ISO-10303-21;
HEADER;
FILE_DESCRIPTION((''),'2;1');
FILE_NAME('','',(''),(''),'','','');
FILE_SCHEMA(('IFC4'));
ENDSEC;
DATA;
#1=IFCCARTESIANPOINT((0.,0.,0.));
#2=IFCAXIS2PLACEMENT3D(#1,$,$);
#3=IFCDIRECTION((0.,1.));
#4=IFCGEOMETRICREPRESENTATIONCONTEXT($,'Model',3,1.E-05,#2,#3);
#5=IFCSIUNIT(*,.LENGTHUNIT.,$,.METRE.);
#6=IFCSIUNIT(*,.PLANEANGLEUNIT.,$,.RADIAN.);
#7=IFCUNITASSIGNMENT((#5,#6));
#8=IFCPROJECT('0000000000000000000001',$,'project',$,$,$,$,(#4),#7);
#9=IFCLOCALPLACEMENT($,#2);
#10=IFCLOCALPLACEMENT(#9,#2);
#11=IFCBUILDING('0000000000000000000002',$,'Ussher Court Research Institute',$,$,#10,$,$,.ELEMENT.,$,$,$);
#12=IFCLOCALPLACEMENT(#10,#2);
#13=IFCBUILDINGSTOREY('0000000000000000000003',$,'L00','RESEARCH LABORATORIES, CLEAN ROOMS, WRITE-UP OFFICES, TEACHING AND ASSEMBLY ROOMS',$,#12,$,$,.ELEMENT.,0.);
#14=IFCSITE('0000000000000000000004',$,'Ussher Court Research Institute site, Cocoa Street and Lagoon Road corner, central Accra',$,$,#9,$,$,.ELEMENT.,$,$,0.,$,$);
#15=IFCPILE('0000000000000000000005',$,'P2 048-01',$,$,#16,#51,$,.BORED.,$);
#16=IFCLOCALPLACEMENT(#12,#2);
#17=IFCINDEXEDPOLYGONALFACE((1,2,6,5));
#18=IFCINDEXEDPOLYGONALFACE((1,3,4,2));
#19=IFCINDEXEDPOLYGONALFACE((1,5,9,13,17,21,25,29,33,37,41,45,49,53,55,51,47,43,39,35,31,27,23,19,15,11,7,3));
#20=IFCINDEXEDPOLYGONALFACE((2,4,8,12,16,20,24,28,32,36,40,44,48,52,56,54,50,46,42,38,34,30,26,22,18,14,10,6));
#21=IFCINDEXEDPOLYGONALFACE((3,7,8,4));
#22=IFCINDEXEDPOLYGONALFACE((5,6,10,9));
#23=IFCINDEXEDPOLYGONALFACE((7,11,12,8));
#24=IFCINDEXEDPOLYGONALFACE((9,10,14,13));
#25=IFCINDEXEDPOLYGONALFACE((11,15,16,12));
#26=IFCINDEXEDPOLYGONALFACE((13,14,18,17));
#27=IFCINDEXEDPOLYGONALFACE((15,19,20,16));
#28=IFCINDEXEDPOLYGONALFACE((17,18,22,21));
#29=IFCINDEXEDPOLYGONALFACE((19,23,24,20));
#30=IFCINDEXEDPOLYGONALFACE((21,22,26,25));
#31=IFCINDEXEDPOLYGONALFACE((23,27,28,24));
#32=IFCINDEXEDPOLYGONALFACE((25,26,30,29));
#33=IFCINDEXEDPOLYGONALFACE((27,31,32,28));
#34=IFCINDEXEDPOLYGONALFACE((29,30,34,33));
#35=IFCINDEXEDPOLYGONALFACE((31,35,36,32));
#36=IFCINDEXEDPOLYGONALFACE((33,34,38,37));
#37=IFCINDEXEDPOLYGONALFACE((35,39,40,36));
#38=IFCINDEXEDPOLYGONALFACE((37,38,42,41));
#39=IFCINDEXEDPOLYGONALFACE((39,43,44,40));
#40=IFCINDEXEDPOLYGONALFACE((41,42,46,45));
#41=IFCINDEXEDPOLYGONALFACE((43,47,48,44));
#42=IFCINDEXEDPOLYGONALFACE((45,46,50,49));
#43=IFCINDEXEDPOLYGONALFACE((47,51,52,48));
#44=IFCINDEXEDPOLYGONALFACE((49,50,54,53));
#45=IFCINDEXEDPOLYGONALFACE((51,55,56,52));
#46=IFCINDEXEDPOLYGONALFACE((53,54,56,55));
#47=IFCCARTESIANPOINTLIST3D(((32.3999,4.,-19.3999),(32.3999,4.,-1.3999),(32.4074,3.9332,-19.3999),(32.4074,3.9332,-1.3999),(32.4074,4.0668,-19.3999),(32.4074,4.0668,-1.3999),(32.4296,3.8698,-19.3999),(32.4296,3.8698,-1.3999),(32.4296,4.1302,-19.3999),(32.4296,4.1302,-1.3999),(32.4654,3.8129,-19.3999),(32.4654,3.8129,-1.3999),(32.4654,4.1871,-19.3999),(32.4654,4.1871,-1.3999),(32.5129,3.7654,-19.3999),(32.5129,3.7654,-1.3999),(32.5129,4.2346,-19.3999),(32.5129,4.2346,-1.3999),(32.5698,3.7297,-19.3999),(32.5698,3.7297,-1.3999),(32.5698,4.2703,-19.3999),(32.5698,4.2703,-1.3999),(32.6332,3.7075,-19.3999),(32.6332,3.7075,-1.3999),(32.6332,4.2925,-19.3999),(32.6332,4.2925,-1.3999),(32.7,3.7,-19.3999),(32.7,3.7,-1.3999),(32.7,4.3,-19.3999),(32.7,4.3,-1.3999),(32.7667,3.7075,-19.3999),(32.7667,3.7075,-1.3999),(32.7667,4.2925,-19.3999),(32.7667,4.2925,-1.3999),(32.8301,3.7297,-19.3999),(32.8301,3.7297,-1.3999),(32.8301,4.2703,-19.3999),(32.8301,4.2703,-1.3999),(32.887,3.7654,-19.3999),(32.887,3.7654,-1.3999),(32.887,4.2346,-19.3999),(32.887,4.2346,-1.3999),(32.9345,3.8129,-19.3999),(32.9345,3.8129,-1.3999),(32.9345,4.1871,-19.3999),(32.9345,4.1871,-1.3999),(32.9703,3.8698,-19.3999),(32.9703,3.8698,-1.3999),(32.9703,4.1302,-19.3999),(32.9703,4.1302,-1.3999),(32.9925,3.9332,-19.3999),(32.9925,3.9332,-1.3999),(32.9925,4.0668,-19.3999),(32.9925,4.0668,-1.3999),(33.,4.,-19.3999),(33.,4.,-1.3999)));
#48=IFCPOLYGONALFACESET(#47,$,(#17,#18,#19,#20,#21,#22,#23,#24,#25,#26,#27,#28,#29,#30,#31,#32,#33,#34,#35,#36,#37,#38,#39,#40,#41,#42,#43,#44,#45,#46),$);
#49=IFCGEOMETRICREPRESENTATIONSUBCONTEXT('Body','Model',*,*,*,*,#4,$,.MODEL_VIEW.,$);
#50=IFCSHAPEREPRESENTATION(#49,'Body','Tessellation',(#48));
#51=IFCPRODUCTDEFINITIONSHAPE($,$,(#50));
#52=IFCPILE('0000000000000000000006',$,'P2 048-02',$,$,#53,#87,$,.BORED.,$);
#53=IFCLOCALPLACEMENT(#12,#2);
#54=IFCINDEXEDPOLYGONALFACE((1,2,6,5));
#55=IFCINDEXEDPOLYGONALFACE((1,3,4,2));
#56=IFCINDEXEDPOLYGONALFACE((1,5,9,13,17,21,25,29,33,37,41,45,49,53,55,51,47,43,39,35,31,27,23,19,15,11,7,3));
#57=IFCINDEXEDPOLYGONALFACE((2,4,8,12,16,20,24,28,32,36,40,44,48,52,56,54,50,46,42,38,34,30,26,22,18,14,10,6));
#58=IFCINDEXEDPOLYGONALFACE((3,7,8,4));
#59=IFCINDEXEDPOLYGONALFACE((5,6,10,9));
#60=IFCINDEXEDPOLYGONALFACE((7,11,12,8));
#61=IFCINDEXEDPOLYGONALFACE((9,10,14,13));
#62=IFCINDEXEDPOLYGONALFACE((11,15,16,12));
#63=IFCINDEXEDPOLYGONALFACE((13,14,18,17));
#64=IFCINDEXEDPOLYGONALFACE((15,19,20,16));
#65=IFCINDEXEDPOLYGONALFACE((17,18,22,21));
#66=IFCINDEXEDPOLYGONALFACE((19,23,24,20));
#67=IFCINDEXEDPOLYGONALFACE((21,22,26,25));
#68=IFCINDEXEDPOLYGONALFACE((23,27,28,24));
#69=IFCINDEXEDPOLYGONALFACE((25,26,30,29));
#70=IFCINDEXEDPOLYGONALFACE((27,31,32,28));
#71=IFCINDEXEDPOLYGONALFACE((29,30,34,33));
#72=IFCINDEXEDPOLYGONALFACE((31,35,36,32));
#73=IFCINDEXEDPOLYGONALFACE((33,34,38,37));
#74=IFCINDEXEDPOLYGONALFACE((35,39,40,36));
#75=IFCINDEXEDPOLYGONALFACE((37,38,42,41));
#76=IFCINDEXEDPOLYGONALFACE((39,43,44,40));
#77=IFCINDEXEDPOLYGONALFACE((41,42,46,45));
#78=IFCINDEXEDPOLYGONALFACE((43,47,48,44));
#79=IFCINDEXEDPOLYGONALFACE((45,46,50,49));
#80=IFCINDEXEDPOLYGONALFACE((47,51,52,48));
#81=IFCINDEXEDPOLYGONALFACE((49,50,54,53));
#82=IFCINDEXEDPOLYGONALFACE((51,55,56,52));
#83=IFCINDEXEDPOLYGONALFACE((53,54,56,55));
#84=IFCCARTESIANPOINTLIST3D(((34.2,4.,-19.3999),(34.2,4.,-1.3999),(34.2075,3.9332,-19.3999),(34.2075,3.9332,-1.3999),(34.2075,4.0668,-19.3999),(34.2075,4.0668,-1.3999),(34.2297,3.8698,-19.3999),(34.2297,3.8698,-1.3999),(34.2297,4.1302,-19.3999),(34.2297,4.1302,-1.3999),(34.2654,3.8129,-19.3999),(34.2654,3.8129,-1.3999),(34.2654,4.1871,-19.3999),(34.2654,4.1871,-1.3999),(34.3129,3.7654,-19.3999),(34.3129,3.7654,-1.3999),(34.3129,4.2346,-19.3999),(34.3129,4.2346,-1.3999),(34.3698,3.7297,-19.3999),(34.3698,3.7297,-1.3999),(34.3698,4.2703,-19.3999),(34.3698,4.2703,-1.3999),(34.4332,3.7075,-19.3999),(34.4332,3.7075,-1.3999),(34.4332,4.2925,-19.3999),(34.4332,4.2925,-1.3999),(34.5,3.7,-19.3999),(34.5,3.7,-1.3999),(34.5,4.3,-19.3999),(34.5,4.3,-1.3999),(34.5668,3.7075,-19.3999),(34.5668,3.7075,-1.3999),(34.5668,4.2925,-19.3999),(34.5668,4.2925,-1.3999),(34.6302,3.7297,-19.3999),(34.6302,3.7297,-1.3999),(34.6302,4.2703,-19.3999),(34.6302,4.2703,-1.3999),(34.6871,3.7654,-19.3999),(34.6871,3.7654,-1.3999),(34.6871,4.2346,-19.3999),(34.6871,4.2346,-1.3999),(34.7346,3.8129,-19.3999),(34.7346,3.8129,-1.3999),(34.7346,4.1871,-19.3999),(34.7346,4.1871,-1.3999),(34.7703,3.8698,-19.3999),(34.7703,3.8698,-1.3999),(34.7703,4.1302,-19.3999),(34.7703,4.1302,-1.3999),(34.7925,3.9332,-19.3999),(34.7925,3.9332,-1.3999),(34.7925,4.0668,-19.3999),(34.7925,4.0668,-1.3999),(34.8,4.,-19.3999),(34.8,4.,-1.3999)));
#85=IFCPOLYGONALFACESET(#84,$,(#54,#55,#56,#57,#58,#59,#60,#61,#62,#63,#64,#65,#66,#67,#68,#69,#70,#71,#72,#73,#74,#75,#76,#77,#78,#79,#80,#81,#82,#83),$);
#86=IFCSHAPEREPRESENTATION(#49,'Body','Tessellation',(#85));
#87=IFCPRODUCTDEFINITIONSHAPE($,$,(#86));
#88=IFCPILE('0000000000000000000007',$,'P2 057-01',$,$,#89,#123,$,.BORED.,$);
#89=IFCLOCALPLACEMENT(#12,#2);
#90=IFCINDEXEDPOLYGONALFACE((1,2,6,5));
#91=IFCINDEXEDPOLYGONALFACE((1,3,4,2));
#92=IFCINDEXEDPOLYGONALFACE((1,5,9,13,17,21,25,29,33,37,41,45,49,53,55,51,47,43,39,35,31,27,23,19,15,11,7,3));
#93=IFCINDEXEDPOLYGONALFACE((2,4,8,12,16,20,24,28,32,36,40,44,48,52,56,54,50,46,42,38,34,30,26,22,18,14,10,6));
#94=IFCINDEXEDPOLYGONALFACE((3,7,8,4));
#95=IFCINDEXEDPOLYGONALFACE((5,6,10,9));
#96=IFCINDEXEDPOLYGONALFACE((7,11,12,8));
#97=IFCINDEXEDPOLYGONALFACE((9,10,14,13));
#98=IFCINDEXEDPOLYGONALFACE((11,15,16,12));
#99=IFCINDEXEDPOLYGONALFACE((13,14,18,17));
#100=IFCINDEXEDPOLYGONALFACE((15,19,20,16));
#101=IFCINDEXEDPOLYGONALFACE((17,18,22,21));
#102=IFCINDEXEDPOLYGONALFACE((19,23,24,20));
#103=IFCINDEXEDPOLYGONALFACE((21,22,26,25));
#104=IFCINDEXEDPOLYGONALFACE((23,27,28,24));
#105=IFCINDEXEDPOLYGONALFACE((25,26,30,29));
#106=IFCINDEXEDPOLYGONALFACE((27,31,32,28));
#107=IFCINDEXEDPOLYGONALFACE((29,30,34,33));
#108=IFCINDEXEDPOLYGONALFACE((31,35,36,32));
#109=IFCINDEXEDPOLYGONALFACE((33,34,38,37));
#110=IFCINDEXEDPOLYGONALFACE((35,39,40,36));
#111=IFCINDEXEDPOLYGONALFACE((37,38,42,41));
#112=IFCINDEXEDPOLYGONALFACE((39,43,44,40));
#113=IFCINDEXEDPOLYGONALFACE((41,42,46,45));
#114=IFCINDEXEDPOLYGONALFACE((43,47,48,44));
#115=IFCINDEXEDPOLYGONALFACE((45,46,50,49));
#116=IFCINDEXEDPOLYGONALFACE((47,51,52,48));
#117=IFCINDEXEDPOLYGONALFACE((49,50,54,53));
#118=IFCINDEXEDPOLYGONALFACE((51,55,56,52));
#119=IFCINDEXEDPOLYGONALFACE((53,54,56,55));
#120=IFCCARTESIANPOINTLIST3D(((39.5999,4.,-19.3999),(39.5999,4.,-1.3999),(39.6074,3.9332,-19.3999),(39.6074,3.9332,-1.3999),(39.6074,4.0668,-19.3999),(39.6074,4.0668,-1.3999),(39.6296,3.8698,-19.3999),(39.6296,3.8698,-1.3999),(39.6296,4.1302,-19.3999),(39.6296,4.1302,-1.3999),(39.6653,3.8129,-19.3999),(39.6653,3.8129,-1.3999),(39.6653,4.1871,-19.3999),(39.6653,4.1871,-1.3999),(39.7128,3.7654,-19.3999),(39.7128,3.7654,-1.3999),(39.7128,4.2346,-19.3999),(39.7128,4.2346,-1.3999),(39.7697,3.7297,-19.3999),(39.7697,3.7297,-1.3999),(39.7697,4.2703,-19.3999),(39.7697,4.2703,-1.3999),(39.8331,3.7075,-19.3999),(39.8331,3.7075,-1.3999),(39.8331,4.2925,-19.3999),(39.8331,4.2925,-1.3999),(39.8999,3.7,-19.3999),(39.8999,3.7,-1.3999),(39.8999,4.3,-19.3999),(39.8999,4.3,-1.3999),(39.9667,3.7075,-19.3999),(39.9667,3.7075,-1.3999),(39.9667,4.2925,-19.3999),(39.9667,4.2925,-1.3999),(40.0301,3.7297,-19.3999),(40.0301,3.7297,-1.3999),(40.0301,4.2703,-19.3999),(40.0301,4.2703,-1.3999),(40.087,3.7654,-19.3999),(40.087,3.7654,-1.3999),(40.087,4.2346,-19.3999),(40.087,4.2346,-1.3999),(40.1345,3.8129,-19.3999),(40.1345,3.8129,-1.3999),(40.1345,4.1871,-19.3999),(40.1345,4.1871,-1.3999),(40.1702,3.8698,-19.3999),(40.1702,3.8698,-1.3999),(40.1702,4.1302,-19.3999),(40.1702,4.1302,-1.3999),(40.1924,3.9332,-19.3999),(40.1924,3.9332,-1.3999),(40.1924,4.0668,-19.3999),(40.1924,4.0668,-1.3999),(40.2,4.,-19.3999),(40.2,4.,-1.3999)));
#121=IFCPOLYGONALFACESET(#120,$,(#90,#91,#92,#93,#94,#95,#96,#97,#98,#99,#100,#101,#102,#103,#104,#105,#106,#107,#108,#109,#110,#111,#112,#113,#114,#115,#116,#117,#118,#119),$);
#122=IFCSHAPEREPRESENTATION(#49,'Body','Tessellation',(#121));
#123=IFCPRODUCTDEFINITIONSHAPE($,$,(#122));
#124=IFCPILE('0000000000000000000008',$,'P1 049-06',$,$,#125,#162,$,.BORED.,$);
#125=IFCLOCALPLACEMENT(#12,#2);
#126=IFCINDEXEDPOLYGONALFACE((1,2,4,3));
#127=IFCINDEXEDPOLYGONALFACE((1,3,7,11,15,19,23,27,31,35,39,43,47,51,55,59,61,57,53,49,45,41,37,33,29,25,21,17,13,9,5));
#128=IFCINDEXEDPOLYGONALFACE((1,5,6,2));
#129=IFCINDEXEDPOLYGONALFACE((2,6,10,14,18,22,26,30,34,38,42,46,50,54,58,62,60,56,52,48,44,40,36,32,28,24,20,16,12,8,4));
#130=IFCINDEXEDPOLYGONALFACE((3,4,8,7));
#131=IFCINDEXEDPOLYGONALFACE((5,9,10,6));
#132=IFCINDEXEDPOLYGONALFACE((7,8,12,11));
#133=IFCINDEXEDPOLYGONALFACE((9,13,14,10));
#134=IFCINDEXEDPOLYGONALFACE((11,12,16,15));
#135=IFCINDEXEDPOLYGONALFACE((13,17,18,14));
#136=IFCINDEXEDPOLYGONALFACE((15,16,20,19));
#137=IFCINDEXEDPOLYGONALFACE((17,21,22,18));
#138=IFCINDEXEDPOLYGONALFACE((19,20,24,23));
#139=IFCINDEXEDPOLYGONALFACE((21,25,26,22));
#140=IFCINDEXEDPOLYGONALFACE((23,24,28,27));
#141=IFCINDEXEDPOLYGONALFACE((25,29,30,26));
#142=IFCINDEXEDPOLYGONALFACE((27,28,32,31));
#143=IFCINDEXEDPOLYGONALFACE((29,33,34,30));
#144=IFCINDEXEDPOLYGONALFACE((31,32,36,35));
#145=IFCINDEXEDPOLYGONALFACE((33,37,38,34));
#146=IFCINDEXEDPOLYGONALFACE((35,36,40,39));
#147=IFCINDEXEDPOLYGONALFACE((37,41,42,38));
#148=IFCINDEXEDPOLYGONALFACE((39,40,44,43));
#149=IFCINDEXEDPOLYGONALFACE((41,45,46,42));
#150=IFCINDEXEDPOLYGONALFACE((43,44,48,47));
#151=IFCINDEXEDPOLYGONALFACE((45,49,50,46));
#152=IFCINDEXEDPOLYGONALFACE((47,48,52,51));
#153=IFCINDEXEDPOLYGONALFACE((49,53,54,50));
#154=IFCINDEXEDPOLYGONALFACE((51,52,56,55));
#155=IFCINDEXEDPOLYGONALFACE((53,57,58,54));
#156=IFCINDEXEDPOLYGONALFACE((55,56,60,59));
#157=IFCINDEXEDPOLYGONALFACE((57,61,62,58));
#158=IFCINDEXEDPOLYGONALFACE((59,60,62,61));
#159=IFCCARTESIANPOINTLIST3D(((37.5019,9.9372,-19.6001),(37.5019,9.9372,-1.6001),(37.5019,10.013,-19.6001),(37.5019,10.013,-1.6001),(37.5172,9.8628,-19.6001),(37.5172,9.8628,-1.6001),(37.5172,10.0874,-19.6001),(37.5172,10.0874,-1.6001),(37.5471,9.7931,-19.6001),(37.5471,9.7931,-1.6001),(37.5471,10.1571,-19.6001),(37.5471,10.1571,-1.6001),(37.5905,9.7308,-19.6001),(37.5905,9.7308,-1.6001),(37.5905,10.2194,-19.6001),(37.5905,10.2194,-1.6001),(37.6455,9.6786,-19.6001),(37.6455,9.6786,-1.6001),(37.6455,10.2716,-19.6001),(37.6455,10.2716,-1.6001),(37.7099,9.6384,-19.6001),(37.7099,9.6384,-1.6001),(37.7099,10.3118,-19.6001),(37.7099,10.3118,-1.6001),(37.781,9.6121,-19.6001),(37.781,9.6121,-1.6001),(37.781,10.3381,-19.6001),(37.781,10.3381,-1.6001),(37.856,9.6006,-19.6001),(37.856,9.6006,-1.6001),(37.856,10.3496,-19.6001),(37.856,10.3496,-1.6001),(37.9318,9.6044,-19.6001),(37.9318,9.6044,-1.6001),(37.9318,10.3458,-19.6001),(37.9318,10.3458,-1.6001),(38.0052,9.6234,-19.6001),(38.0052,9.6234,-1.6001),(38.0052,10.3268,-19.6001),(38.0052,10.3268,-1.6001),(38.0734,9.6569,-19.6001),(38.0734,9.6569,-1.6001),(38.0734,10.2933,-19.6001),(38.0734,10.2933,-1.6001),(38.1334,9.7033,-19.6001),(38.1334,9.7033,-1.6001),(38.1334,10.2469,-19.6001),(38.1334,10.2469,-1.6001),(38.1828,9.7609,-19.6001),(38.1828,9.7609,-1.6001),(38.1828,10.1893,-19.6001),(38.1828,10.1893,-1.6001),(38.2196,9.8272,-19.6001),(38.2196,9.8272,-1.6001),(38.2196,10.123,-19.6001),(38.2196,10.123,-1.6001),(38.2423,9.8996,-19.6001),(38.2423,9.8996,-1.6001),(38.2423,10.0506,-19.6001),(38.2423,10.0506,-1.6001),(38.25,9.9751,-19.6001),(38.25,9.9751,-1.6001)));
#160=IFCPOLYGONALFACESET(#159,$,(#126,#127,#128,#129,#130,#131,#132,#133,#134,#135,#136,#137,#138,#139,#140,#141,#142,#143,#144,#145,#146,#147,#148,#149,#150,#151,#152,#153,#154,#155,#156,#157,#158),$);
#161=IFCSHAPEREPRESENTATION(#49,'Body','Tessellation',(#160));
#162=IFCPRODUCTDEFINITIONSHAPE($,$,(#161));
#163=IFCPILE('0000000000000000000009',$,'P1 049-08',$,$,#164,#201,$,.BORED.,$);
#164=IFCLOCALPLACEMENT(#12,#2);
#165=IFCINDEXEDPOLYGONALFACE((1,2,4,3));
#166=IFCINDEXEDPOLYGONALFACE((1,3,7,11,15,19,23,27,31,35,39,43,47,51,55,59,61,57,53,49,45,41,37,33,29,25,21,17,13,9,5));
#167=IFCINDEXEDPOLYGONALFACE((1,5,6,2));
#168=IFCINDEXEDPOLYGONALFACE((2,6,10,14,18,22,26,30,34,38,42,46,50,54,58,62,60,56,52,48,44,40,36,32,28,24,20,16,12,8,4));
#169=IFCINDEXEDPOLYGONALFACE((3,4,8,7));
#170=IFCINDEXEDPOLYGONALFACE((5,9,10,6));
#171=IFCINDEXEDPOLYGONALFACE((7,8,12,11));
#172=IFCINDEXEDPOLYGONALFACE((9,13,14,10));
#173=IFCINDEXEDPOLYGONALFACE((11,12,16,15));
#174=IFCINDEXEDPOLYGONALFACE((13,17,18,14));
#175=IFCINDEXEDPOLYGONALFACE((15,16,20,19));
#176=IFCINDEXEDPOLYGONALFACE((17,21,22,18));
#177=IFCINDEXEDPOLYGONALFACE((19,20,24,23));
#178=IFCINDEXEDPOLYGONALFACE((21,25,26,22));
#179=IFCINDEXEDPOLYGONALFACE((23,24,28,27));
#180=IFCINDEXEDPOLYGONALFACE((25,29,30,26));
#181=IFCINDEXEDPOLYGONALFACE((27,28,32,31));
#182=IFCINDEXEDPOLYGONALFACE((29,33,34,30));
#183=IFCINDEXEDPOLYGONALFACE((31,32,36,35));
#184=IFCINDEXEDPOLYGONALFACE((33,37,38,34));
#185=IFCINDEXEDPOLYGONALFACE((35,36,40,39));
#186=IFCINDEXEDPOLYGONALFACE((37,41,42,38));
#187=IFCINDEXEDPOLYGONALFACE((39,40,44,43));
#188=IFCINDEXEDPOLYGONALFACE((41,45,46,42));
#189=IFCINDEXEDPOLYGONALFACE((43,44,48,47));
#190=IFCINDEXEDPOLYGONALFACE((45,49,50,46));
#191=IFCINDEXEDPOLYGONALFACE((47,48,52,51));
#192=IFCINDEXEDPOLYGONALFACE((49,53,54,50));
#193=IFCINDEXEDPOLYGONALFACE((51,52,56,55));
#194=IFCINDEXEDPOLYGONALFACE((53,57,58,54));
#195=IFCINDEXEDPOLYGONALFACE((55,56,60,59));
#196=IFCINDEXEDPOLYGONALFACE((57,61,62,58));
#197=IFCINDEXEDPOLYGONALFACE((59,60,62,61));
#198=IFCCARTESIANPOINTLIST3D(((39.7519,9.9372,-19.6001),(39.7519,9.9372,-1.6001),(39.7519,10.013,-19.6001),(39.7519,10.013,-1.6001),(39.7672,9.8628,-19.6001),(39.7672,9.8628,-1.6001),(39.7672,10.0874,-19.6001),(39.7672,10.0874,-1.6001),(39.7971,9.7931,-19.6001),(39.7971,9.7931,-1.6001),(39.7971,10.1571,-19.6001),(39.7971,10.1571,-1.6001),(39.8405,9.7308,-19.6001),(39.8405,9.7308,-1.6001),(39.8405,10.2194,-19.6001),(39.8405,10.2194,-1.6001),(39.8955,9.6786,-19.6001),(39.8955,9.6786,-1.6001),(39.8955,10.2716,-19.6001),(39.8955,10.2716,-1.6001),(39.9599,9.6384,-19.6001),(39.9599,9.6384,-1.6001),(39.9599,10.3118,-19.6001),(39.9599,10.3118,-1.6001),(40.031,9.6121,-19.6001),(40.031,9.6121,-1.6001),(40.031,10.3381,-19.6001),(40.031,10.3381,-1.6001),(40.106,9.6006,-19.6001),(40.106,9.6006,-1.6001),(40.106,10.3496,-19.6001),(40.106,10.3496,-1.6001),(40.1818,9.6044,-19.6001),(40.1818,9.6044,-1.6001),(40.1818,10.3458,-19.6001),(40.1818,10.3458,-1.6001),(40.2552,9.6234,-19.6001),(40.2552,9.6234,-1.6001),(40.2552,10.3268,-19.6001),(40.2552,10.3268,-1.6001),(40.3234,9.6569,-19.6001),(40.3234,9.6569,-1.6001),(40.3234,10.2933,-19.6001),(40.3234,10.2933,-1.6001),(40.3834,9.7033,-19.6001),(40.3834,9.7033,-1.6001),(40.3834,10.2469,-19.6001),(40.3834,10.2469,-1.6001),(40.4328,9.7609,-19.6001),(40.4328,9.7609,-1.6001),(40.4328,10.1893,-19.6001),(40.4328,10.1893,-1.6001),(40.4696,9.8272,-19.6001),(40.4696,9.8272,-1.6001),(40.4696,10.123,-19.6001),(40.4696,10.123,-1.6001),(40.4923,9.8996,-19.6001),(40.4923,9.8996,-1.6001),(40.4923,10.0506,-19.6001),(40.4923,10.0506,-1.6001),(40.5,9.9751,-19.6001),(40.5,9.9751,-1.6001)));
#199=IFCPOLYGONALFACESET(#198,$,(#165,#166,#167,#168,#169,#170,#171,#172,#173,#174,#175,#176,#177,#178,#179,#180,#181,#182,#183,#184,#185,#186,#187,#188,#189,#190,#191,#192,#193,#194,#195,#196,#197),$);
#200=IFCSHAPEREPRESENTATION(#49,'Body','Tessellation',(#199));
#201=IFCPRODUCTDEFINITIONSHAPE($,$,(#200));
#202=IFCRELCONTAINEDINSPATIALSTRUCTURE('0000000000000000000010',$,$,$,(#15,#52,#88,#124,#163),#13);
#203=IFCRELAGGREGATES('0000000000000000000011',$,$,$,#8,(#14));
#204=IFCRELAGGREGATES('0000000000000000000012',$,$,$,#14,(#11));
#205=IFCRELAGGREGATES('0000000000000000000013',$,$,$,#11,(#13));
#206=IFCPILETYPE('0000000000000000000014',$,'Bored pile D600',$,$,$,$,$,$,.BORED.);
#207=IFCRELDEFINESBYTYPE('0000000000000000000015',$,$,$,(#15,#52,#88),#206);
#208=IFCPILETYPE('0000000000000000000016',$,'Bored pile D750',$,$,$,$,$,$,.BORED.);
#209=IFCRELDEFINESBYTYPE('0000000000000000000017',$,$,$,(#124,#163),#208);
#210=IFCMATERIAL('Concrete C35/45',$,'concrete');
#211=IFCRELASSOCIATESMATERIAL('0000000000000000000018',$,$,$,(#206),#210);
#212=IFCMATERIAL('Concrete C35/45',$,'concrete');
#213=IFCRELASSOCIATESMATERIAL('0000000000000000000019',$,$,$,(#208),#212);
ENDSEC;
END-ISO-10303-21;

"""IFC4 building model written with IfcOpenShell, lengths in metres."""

from ifc_helpers import new_model, si_unit, direction, frame, origin, origin_2d, place, context, subcontext, project, spatial, circle, extrude, material, material_profile, profile_set, type_object, element, save


model = new_model("IFC4")

# Units and contexts
model_context = context("Model", 3, precision=1e-05, world=origin(), true_north=direction((0.0, 1.0)))
body_context = subcontext(model_context, "Body", "Model", "MODEL_VIEW")
ifc_project = project(units=[si_unit("LENGTHUNIT", "METRE"), si_unit("PLANEANGLEUNIT", "RADIAN")], contexts=[model_context])

# Site, building, storey
site_placement = place(None, origin())
site = spatial("IfcSite", under=ifc_project, at=site_placement, Name="Ussher Court Research Institute site, Cocoa Street and Lagoon Road corner, central Accra", CompositionType="ELEMENT", RefElevation=0.0)
building_placement = place(site_placement, origin())
building = spatial("IfcBuilding", under=site, at=building_placement, Name="Ussher Court Research Institute", CompositionType="ELEMENT")
storey_placement = place(building_placement, origin())
storey = spatial("IfcBuildingStorey", under=building, at=storey_placement, Name="L00", Description="RESEARCH LABORATORIES, CLEAN ROOMS, WRITE-UP OFFICES, TEACHING AND ASSEMBLY ROOMS", CompositionType="ELEMENT", Elevation=0.0)

# Piles
ifc_material_1 = material(Name="Concrete C35/45", Category="concrete")
ifc_material_profile_1 = material_profile(ifc_material_1, circle(Radius=0.3, at=origin_2d()), Name="RC D600")
ifc_profile_set_1 = profile_set([ifc_material_profile_1], Name="Concrete C35/45")
pile_type_1 = type_object("IfcPileType", Name="Bored pile D600", PredefinedType="BORED", material=ifc_profile_set_1)
for number, where, z_axis, x_axis, name in (
    (1, (32.7, 4.0, -1.3999), (0.0, 0.0, -1.0), (1.0, 0.0, 0.0), "P2 048-01"),
    (2, (34.5, 4.0, -1.3999), (0.0, 0.0, -1.0), (1.0, 0.0, 0.0), "P2 048-02"),
    (3, (39.8999, 4.0, -1.3999), (0.0, 0.0, -1.0), (1.0, 0.0, 0.0), "P2 057-01"),
):
    element("IfcPile", number, at=place(storey_placement, frame(where, z_axis=z_axis, x_axis=x_axis)), inside=storey, type_object=pile_type_1, Name=name, PredefinedType="BORED", context=body_context, shape_type="SweptSolid", body=[
        extrude(circle(Radius=0.3, at=origin_2d()), origin(), (0.0, 0.0, 1.0), 18.0),
    ])
ifc_material_2 = material(Name="Concrete C35/45", Category="concrete")
ifc_material_profile_2 = material_profile(ifc_material_2, circle(Radius=0.375, at=origin_2d()), Name="RC D750")
ifc_profile_set_2 = profile_set([ifc_material_profile_2], Name="Concrete C35/45")
pile_type_2 = type_object("IfcPileType", Name="Bored pile D750", PredefinedType="BORED", material=ifc_profile_set_2)
for number, where, z_axis, x_axis, name in (
    (4, (37.875, 9.9751, -1.6001), (0.0, 0.0, -1.0), (1.0, 0.0, 0.0), "P1 049-06"),
    (5, (40.125, 9.9751, -1.6001), (0.0, 0.0, -1.0), (1.0, 0.0, 0.0), "P1 049-08"),
):
    element("IfcPile", number, at=place(storey_placement, frame(where, z_axis=z_axis, x_axis=x_axis)), inside=storey, type_object=pile_type_2, Name=name, PredefinedType="BORED", context=body_context, shape_type="SweptSolid", body=[
        extrude(circle(Radius=0.375, at=origin_2d()), origin(), (0.0, 0.0, 1.0), 18.0),
    ])

save(model, "model.ifc")
